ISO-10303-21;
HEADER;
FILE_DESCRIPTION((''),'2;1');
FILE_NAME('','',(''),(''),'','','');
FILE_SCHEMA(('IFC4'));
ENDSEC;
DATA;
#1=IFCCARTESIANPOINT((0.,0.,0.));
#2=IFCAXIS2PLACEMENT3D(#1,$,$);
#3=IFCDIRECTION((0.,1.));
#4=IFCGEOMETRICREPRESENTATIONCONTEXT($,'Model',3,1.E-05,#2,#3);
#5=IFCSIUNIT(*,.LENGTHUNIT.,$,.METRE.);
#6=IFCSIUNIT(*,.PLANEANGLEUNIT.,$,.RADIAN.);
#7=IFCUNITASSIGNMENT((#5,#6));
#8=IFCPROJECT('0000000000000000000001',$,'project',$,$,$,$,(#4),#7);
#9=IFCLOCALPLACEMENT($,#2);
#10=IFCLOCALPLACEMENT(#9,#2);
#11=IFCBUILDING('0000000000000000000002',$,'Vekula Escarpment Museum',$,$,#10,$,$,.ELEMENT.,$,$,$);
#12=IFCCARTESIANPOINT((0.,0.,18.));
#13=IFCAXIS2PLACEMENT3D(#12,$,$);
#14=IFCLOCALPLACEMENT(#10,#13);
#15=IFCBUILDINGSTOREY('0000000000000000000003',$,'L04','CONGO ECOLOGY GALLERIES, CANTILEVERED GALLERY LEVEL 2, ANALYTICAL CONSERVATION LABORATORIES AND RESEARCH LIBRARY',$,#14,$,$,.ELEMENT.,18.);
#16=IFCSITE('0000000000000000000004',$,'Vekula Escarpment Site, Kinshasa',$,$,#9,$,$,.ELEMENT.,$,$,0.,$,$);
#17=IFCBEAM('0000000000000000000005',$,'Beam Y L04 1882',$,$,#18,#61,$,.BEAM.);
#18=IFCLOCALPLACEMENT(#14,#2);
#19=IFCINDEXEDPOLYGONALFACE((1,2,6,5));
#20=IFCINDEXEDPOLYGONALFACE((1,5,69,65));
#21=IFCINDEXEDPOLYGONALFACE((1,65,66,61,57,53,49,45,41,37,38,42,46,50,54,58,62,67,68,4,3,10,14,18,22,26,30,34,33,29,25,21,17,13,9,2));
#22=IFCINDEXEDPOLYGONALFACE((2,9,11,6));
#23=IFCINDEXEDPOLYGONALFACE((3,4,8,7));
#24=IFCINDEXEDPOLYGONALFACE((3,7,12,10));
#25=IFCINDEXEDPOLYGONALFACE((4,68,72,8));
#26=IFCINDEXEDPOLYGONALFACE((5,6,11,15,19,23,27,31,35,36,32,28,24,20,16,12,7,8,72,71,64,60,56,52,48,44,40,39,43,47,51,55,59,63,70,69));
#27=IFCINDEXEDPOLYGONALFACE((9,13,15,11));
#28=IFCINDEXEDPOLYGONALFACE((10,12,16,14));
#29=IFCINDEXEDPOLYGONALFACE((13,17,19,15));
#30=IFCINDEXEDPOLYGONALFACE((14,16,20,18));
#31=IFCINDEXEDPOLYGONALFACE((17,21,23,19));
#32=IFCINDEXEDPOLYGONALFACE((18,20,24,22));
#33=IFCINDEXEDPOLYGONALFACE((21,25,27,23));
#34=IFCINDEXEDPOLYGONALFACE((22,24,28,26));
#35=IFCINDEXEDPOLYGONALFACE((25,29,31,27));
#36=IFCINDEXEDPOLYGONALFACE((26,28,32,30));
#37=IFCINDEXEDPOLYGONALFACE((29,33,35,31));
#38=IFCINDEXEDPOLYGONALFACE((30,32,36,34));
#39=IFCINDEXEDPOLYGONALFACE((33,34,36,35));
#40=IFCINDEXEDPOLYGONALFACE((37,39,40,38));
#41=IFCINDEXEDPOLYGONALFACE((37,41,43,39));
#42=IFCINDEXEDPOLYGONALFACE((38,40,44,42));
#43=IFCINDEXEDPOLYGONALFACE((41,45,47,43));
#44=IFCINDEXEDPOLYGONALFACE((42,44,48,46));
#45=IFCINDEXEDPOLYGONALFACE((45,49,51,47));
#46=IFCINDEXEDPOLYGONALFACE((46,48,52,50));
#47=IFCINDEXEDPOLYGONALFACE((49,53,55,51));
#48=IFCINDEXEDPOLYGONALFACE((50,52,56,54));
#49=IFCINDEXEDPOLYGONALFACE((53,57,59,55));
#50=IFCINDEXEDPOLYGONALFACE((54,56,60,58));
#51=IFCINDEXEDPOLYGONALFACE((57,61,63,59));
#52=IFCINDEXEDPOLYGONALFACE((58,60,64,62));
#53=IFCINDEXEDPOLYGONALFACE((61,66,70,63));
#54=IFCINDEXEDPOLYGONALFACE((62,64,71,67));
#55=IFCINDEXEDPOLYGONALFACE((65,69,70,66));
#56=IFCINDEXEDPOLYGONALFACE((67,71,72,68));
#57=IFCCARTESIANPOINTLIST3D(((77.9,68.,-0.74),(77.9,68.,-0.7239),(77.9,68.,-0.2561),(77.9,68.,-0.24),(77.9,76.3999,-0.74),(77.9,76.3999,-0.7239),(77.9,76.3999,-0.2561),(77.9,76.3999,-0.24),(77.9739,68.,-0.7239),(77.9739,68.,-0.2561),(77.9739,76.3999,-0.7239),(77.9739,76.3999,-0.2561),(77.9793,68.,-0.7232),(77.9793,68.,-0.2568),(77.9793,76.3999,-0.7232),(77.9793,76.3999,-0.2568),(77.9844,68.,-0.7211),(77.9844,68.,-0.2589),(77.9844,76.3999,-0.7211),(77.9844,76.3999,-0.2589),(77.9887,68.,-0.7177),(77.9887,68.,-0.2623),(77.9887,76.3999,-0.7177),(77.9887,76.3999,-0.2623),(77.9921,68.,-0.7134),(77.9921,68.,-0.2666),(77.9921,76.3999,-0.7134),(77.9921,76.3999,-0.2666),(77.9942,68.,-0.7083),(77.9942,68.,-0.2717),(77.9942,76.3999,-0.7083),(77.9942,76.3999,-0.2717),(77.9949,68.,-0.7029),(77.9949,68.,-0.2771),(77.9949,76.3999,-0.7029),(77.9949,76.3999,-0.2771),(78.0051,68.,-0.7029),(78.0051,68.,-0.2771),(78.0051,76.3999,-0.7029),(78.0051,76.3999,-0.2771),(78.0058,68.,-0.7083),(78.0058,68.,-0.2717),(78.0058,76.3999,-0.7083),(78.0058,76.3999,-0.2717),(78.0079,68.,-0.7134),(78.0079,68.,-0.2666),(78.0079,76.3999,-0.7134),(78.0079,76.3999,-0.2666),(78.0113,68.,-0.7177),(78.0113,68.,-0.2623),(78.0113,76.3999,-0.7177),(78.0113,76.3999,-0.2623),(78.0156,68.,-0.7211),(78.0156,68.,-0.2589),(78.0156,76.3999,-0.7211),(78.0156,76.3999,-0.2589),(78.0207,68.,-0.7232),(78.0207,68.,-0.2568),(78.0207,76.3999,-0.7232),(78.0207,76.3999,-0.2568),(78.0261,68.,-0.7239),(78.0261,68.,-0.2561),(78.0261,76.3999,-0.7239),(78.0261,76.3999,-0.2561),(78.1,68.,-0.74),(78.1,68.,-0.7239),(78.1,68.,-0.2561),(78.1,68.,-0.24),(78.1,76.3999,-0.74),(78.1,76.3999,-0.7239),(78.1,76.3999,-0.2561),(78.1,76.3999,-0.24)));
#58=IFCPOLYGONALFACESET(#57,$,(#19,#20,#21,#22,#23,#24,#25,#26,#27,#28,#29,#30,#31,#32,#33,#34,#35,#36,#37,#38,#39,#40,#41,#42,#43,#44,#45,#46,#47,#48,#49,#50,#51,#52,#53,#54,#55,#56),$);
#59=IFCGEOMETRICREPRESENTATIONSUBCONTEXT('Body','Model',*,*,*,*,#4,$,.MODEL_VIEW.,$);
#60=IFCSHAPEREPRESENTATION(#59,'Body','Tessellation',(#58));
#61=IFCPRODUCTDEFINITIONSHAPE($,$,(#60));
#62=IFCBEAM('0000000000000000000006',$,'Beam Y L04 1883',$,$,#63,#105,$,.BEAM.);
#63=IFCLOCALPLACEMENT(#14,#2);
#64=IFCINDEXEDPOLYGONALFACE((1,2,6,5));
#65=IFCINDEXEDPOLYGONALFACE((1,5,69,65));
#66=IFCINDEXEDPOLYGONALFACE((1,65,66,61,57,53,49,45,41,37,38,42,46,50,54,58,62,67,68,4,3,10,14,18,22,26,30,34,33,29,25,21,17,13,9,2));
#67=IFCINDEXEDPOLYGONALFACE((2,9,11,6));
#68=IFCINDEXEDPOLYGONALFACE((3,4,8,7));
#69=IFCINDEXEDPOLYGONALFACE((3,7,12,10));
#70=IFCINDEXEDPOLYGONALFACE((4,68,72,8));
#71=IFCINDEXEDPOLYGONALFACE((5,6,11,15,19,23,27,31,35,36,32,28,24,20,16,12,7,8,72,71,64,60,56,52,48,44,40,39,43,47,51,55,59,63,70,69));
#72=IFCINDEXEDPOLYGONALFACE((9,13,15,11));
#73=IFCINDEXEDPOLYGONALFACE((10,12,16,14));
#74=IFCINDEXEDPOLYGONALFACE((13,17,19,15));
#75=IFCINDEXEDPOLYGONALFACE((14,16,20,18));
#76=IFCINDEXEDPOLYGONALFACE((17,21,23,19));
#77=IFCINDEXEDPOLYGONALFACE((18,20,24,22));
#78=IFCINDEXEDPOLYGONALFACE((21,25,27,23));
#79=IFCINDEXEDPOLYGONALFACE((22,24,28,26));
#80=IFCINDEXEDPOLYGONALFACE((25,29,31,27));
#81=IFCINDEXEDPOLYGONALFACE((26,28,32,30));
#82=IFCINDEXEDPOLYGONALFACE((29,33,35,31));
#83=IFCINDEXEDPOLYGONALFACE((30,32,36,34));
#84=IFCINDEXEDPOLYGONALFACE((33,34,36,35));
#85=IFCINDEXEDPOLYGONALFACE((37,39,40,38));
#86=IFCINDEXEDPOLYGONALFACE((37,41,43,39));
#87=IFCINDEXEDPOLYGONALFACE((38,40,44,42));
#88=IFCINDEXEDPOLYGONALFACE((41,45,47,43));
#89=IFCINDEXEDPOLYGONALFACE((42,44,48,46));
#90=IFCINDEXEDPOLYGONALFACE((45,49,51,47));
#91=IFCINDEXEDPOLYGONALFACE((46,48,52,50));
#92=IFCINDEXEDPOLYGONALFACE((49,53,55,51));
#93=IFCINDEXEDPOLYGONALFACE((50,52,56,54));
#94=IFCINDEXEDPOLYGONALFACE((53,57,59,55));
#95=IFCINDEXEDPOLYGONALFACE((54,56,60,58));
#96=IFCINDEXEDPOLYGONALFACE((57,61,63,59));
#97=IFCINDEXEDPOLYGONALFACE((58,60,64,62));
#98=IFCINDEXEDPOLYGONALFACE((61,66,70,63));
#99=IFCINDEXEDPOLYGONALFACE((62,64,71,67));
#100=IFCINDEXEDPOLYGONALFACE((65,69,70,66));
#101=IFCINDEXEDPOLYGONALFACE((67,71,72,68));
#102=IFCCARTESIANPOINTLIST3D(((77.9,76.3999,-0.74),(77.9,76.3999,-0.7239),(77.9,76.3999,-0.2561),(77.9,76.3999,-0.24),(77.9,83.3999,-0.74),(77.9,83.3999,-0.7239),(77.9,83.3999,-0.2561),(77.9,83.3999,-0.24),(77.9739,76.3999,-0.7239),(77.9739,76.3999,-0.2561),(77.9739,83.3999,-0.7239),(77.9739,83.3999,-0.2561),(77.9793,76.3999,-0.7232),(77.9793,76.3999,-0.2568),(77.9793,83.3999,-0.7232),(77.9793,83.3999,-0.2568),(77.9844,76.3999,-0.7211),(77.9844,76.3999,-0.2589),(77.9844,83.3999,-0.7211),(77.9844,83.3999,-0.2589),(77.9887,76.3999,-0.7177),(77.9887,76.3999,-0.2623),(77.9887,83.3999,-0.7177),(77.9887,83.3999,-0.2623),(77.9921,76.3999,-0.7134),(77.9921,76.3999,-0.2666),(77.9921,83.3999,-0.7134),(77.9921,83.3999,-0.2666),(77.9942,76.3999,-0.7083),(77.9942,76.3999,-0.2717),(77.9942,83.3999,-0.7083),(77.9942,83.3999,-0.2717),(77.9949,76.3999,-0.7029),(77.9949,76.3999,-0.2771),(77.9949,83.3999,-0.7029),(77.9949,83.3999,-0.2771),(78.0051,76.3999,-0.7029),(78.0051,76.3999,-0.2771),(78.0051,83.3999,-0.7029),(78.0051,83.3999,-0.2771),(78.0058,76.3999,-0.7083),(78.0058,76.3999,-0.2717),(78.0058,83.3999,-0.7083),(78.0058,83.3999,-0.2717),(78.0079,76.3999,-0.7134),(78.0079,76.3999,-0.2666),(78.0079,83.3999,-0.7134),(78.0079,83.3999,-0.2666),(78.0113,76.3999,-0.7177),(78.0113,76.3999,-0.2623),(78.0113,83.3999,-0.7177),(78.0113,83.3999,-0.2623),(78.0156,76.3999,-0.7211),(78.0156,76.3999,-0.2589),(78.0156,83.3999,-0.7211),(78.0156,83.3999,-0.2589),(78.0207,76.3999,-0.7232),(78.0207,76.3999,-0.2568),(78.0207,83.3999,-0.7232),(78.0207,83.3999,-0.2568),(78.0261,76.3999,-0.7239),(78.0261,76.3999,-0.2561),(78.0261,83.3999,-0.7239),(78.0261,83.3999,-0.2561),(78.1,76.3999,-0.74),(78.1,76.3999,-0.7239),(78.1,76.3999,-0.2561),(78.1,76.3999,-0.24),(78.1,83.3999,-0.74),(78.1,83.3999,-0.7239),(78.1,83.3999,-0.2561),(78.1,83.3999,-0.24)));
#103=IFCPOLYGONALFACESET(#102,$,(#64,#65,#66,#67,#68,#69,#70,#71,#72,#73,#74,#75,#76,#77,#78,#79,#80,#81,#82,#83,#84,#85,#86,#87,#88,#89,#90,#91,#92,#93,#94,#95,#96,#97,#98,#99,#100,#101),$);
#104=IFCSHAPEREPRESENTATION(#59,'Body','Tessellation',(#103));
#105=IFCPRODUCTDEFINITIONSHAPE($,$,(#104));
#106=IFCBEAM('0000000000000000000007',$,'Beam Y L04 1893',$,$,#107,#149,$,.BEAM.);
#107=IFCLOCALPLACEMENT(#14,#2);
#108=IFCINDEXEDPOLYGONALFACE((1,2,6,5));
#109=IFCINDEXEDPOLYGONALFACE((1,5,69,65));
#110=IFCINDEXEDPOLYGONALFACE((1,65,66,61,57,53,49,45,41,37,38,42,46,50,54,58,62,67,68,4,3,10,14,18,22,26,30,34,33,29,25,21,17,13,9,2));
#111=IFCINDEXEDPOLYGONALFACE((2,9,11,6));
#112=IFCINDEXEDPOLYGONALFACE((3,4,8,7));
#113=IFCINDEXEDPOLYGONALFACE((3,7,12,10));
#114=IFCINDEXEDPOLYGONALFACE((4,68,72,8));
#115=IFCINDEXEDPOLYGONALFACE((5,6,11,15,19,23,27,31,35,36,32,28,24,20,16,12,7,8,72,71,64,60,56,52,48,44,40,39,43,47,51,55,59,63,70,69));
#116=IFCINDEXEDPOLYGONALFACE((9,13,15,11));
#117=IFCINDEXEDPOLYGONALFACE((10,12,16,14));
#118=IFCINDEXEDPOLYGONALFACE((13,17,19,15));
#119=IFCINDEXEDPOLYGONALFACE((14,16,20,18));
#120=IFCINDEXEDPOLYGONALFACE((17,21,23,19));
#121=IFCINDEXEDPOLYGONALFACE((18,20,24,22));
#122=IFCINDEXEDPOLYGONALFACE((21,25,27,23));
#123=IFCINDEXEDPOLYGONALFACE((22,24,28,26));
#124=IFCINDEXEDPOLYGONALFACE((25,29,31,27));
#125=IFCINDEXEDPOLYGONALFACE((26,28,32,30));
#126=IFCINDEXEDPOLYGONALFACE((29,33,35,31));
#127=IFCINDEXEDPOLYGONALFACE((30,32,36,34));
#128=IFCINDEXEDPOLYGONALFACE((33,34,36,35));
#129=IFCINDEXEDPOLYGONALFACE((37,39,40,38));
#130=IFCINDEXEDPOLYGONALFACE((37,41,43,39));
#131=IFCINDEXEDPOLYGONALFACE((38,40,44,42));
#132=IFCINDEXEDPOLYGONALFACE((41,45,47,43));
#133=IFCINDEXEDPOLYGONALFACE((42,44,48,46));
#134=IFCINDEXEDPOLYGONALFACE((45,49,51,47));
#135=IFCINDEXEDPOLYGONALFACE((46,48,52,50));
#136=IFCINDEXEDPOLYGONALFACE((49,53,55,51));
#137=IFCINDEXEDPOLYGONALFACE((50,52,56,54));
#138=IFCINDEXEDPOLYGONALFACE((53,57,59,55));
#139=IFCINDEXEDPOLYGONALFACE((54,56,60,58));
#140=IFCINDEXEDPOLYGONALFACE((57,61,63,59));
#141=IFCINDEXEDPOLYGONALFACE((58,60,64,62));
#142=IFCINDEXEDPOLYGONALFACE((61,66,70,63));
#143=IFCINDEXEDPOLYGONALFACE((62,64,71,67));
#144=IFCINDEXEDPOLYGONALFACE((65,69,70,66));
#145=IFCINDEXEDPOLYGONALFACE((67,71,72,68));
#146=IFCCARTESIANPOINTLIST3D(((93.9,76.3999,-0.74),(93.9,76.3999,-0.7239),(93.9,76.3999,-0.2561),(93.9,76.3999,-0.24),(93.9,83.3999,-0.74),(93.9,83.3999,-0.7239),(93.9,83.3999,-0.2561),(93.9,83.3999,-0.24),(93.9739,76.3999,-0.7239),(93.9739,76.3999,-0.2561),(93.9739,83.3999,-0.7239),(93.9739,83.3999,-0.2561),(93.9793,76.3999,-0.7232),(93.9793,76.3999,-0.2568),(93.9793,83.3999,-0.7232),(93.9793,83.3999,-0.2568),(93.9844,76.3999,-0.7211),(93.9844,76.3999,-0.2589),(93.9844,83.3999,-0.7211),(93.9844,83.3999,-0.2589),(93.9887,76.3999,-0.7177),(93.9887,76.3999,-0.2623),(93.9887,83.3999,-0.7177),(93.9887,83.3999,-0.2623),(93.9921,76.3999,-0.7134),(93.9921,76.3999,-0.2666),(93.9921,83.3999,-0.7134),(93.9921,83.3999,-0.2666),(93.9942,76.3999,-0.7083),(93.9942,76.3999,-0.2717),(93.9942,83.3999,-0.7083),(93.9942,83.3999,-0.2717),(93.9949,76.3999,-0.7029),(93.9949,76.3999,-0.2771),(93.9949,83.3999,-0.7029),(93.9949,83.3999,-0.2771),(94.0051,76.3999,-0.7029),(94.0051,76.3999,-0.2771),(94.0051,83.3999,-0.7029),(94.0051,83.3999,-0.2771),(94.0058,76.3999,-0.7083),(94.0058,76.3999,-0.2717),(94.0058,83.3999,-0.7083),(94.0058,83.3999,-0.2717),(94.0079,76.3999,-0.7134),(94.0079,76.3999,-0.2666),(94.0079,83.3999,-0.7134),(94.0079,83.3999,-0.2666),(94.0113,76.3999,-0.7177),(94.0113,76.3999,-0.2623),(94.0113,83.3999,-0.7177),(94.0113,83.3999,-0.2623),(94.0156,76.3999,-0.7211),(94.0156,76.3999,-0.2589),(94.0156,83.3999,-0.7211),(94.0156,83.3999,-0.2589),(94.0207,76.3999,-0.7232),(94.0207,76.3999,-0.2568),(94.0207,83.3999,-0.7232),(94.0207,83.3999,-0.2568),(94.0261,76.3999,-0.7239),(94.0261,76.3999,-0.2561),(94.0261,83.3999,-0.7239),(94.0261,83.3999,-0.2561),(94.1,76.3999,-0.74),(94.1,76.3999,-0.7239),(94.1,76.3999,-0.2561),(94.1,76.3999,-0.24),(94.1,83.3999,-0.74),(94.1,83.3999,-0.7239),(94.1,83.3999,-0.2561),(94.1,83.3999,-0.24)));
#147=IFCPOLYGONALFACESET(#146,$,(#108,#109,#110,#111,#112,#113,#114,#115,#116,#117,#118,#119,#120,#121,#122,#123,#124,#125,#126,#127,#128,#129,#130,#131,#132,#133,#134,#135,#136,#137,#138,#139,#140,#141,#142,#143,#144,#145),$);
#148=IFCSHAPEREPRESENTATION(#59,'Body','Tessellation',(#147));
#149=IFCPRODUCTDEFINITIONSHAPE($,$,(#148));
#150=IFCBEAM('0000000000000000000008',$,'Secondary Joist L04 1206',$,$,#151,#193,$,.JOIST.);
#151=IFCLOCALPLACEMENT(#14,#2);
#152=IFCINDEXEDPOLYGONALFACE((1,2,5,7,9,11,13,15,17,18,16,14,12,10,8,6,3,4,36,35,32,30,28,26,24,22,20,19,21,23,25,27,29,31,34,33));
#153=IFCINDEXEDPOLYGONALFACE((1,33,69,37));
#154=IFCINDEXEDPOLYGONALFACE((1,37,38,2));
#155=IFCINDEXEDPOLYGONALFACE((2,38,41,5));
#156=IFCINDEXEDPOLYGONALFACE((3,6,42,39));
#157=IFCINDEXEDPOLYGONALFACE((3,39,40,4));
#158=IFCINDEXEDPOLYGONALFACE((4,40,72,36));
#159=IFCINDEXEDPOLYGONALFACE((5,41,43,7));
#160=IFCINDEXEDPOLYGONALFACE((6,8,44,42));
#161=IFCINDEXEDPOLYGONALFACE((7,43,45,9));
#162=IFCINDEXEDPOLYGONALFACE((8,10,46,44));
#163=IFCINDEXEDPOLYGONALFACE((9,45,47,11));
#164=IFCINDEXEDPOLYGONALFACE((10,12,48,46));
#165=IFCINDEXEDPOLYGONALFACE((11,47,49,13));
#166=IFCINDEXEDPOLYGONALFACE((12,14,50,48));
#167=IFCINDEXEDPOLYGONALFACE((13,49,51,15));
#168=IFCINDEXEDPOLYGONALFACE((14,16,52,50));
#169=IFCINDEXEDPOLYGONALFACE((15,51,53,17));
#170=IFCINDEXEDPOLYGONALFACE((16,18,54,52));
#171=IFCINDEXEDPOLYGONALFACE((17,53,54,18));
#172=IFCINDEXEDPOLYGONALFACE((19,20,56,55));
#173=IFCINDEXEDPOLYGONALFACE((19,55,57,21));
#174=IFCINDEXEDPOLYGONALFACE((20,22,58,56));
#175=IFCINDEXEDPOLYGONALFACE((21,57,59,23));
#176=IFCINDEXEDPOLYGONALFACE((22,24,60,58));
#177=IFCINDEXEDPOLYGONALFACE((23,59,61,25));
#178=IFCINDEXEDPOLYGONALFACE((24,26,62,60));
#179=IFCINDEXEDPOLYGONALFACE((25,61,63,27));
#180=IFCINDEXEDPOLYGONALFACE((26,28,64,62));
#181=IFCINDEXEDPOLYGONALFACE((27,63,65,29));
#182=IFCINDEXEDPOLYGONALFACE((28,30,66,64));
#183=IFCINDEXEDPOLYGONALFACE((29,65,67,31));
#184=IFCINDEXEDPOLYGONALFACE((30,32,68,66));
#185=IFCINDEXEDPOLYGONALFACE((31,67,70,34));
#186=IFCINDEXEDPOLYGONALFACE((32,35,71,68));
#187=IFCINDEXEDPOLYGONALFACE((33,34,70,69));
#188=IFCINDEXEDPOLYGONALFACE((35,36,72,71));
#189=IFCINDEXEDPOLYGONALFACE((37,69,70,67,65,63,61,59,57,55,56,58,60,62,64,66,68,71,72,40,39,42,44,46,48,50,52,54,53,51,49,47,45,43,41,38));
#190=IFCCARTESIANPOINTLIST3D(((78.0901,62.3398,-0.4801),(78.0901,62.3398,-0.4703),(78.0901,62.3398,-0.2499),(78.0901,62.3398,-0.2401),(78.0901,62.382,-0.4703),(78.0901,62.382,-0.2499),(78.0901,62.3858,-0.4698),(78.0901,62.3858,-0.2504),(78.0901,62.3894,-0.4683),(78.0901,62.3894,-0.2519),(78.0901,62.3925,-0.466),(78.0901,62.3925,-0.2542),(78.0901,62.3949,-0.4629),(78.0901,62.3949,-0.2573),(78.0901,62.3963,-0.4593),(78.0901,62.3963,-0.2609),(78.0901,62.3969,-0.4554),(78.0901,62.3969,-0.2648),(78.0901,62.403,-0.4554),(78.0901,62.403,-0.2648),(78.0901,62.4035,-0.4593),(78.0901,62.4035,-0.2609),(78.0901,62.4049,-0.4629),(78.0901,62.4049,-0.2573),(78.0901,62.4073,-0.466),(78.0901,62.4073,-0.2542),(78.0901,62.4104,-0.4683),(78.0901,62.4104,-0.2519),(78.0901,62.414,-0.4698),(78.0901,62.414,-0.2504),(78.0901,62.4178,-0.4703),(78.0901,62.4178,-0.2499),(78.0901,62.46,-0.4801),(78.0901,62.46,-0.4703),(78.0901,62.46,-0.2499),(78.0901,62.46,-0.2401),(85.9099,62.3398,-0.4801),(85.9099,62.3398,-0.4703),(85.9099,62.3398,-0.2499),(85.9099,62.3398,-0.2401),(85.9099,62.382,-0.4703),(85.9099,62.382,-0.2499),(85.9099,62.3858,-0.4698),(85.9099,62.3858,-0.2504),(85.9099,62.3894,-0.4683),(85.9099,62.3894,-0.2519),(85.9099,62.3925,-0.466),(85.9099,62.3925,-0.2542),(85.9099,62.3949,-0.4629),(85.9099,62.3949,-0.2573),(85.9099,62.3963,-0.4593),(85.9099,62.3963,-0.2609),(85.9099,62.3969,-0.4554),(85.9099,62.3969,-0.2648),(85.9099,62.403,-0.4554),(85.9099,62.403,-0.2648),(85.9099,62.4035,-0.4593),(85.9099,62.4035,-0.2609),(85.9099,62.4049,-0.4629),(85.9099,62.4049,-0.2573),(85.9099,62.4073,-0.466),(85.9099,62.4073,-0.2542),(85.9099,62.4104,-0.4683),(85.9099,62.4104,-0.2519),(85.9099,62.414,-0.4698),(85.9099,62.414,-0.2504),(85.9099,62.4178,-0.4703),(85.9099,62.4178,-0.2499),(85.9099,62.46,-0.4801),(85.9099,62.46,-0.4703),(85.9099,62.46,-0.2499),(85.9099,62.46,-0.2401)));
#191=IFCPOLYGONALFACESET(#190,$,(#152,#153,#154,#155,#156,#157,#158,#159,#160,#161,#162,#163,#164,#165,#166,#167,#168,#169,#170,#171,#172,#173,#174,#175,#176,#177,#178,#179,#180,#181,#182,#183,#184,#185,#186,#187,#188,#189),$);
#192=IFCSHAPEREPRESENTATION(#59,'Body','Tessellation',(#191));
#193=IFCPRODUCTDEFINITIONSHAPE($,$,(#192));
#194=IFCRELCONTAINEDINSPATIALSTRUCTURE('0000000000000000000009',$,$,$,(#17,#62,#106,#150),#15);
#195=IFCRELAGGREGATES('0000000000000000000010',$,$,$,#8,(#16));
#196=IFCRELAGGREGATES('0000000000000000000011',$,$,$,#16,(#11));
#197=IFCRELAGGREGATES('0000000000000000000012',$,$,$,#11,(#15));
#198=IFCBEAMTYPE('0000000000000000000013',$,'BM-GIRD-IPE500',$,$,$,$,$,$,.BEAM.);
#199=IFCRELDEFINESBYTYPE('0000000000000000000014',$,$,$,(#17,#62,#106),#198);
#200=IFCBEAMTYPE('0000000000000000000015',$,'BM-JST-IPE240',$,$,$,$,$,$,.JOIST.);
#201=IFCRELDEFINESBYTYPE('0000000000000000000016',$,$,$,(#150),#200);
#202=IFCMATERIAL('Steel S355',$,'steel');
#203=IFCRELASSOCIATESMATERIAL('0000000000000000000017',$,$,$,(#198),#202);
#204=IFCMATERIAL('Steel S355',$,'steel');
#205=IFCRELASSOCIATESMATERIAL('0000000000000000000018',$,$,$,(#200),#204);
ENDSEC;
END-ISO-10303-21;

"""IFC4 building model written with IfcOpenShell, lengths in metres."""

from ifc_helpers import new_model, si_unit, direction, frame, origin, origin_2d, place, context, subcontext, project, spatial, i_section, extrude, material, material_profile, profile_set, type_object, element, save


model = new_model("IFC4")

# Units and contexts
model_context = context("Model", 3, precision=1e-05, world=origin(), true_north=direction((0.0, 1.0)))
body_context = subcontext(model_context, "Body", "Model", "MODEL_VIEW")
ifc_project = project(units=[si_unit("LENGTHUNIT", "METRE"), si_unit("PLANEANGLEUNIT", "RADIAN")], contexts=[model_context])

# Site, building, storey
site_placement = place(None, origin())
site = spatial("IfcSite", under=ifc_project, at=site_placement, Name="Vekula Escarpment Site, Kinshasa", CompositionType="ELEMENT", RefElevation=0.0)
building_placement = place(site_placement, origin())
building = spatial("IfcBuilding", under=site, at=building_placement, Name="Vekula Escarpment Museum", CompositionType="ELEMENT")
storey_placement = place(building_placement, frame((0.0, 0.0, 18.0)))
storey = spatial("IfcBuildingStorey", under=building, at=storey_placement, Name="L04", Description="CONGO ECOLOGY GALLERIES, CANTILEVERED GALLERY LEVEL 2, ANALYTICAL CONSERVATION LABORATORIES AND RESEARCH LIBRARY", CompositionType="ELEMENT", Elevation=18.0)

# Beams
ifc_material_1 = material(Name="Steel S355", Category="steel")
ifc_material_profile_1 = material_profile(ifc_material_1, i_section(OverallWidth=0.2, OverallDepth=0.5, WebThickness=0.0103, FlangeThickness=0.0161, FilletRadius=0.021, at=origin_2d()), Name="IPE 500")
ifc_profile_set_1 = profile_set([ifc_material_profile_1], Name="Steel S355")
beam_type_1 = type_object("IfcBeamType", Name="BM-GIRD-IPE500", PredefinedType="BEAM", material=ifc_profile_set_1)
beam_1_placement = place(storey_placement, frame((78.0, 68.0, -0.49), z_axis=(0.0, 1.0, 0.0), x_axis=(-1.0, 0.0, 0.0)))
element("IfcBeam", 1, at=beam_1_placement, inside=storey, type_object=beam_type_1, Name="Beam Y L04 1882", PredefinedType="BEAM", context=body_context, shape_type="SweptSolid", body=[
    extrude(i_section(OverallWidth=0.2, OverallDepth=0.5, WebThickness=0.0103, FlangeThickness=0.0161, FilletRadius=0.021, at=origin_2d()), origin(), (0.0, 0.0, 1.0), 8.3999),
])
for number, where, z_axis, x_axis, name in (
    (2, (78.0, 76.3999, -0.49), (0.0, 1.0, 0.0), (-1.0, 0.0, 0.0), "Beam Y L04 1883"),
    (3, (94.0, 76.3999, -0.49), (0.0, 1.0, 0.0), (-1.0, 0.0, 0.0), "Beam Y L04 1893"),
):
    element("IfcBeam", number, at=place(storey_placement, frame(where, z_axis=z_axis, x_axis=x_axis)), inside=storey, type_object=beam_type_1, Name=name, PredefinedType="BEAM", context=body_context, shape_type="SweptSolid", body=[
        extrude(i_section(OverallWidth=0.2, OverallDepth=0.5, WebThickness=0.0103, FlangeThickness=0.0161, FilletRadius=0.021, at=origin_2d()), origin(), (0.0, 0.0, 1.0), 7.0),
    ])
ifc_material_2 = material(Name="Steel S355", Category="steel")
ifc_material_profile_2 = material_profile(ifc_material_2, i_section(OverallWidth=0.1201, OverallDepth=0.24, WebThickness=0.0061, FlangeThickness=0.0098, FilletRadius=0.0149, at=origin_2d()), Name="IPE 240")
ifc_profile_set_2 = profile_set([ifc_material_profile_2], Name="Steel S355")
beam_type_2 = type_object("IfcBeamType", Name="BM-JST-IPE240", PredefinedType="JOIST", material=ifc_profile_set_2)
for number, where, z_axis, x_axis, name in (
    (4, (78.0901, 62.3999, -0.3601), (1.0, 0.0, 0.0), (0.0, 1.0, 0.0), "Secondary Joist L04 1206"),
):
    element("IfcBeam", number, at=place(storey_placement, frame(where, z_axis=z_axis, x_axis=x_axis)), inside=storey, type_object=beam_type_2, Name=name, PredefinedType="JOIST", context=body_context, shape_type="SweptSolid", body=[
        extrude(i_section(OverallWidth=0.1201, OverallDepth=0.24, WebThickness=0.0061, FlangeThickness=0.0098, FilletRadius=0.0149, at=origin_2d()), origin(), (0.0, 0.0, 1.0), 7.8198),
    ])

save(model, "model.ifc")
